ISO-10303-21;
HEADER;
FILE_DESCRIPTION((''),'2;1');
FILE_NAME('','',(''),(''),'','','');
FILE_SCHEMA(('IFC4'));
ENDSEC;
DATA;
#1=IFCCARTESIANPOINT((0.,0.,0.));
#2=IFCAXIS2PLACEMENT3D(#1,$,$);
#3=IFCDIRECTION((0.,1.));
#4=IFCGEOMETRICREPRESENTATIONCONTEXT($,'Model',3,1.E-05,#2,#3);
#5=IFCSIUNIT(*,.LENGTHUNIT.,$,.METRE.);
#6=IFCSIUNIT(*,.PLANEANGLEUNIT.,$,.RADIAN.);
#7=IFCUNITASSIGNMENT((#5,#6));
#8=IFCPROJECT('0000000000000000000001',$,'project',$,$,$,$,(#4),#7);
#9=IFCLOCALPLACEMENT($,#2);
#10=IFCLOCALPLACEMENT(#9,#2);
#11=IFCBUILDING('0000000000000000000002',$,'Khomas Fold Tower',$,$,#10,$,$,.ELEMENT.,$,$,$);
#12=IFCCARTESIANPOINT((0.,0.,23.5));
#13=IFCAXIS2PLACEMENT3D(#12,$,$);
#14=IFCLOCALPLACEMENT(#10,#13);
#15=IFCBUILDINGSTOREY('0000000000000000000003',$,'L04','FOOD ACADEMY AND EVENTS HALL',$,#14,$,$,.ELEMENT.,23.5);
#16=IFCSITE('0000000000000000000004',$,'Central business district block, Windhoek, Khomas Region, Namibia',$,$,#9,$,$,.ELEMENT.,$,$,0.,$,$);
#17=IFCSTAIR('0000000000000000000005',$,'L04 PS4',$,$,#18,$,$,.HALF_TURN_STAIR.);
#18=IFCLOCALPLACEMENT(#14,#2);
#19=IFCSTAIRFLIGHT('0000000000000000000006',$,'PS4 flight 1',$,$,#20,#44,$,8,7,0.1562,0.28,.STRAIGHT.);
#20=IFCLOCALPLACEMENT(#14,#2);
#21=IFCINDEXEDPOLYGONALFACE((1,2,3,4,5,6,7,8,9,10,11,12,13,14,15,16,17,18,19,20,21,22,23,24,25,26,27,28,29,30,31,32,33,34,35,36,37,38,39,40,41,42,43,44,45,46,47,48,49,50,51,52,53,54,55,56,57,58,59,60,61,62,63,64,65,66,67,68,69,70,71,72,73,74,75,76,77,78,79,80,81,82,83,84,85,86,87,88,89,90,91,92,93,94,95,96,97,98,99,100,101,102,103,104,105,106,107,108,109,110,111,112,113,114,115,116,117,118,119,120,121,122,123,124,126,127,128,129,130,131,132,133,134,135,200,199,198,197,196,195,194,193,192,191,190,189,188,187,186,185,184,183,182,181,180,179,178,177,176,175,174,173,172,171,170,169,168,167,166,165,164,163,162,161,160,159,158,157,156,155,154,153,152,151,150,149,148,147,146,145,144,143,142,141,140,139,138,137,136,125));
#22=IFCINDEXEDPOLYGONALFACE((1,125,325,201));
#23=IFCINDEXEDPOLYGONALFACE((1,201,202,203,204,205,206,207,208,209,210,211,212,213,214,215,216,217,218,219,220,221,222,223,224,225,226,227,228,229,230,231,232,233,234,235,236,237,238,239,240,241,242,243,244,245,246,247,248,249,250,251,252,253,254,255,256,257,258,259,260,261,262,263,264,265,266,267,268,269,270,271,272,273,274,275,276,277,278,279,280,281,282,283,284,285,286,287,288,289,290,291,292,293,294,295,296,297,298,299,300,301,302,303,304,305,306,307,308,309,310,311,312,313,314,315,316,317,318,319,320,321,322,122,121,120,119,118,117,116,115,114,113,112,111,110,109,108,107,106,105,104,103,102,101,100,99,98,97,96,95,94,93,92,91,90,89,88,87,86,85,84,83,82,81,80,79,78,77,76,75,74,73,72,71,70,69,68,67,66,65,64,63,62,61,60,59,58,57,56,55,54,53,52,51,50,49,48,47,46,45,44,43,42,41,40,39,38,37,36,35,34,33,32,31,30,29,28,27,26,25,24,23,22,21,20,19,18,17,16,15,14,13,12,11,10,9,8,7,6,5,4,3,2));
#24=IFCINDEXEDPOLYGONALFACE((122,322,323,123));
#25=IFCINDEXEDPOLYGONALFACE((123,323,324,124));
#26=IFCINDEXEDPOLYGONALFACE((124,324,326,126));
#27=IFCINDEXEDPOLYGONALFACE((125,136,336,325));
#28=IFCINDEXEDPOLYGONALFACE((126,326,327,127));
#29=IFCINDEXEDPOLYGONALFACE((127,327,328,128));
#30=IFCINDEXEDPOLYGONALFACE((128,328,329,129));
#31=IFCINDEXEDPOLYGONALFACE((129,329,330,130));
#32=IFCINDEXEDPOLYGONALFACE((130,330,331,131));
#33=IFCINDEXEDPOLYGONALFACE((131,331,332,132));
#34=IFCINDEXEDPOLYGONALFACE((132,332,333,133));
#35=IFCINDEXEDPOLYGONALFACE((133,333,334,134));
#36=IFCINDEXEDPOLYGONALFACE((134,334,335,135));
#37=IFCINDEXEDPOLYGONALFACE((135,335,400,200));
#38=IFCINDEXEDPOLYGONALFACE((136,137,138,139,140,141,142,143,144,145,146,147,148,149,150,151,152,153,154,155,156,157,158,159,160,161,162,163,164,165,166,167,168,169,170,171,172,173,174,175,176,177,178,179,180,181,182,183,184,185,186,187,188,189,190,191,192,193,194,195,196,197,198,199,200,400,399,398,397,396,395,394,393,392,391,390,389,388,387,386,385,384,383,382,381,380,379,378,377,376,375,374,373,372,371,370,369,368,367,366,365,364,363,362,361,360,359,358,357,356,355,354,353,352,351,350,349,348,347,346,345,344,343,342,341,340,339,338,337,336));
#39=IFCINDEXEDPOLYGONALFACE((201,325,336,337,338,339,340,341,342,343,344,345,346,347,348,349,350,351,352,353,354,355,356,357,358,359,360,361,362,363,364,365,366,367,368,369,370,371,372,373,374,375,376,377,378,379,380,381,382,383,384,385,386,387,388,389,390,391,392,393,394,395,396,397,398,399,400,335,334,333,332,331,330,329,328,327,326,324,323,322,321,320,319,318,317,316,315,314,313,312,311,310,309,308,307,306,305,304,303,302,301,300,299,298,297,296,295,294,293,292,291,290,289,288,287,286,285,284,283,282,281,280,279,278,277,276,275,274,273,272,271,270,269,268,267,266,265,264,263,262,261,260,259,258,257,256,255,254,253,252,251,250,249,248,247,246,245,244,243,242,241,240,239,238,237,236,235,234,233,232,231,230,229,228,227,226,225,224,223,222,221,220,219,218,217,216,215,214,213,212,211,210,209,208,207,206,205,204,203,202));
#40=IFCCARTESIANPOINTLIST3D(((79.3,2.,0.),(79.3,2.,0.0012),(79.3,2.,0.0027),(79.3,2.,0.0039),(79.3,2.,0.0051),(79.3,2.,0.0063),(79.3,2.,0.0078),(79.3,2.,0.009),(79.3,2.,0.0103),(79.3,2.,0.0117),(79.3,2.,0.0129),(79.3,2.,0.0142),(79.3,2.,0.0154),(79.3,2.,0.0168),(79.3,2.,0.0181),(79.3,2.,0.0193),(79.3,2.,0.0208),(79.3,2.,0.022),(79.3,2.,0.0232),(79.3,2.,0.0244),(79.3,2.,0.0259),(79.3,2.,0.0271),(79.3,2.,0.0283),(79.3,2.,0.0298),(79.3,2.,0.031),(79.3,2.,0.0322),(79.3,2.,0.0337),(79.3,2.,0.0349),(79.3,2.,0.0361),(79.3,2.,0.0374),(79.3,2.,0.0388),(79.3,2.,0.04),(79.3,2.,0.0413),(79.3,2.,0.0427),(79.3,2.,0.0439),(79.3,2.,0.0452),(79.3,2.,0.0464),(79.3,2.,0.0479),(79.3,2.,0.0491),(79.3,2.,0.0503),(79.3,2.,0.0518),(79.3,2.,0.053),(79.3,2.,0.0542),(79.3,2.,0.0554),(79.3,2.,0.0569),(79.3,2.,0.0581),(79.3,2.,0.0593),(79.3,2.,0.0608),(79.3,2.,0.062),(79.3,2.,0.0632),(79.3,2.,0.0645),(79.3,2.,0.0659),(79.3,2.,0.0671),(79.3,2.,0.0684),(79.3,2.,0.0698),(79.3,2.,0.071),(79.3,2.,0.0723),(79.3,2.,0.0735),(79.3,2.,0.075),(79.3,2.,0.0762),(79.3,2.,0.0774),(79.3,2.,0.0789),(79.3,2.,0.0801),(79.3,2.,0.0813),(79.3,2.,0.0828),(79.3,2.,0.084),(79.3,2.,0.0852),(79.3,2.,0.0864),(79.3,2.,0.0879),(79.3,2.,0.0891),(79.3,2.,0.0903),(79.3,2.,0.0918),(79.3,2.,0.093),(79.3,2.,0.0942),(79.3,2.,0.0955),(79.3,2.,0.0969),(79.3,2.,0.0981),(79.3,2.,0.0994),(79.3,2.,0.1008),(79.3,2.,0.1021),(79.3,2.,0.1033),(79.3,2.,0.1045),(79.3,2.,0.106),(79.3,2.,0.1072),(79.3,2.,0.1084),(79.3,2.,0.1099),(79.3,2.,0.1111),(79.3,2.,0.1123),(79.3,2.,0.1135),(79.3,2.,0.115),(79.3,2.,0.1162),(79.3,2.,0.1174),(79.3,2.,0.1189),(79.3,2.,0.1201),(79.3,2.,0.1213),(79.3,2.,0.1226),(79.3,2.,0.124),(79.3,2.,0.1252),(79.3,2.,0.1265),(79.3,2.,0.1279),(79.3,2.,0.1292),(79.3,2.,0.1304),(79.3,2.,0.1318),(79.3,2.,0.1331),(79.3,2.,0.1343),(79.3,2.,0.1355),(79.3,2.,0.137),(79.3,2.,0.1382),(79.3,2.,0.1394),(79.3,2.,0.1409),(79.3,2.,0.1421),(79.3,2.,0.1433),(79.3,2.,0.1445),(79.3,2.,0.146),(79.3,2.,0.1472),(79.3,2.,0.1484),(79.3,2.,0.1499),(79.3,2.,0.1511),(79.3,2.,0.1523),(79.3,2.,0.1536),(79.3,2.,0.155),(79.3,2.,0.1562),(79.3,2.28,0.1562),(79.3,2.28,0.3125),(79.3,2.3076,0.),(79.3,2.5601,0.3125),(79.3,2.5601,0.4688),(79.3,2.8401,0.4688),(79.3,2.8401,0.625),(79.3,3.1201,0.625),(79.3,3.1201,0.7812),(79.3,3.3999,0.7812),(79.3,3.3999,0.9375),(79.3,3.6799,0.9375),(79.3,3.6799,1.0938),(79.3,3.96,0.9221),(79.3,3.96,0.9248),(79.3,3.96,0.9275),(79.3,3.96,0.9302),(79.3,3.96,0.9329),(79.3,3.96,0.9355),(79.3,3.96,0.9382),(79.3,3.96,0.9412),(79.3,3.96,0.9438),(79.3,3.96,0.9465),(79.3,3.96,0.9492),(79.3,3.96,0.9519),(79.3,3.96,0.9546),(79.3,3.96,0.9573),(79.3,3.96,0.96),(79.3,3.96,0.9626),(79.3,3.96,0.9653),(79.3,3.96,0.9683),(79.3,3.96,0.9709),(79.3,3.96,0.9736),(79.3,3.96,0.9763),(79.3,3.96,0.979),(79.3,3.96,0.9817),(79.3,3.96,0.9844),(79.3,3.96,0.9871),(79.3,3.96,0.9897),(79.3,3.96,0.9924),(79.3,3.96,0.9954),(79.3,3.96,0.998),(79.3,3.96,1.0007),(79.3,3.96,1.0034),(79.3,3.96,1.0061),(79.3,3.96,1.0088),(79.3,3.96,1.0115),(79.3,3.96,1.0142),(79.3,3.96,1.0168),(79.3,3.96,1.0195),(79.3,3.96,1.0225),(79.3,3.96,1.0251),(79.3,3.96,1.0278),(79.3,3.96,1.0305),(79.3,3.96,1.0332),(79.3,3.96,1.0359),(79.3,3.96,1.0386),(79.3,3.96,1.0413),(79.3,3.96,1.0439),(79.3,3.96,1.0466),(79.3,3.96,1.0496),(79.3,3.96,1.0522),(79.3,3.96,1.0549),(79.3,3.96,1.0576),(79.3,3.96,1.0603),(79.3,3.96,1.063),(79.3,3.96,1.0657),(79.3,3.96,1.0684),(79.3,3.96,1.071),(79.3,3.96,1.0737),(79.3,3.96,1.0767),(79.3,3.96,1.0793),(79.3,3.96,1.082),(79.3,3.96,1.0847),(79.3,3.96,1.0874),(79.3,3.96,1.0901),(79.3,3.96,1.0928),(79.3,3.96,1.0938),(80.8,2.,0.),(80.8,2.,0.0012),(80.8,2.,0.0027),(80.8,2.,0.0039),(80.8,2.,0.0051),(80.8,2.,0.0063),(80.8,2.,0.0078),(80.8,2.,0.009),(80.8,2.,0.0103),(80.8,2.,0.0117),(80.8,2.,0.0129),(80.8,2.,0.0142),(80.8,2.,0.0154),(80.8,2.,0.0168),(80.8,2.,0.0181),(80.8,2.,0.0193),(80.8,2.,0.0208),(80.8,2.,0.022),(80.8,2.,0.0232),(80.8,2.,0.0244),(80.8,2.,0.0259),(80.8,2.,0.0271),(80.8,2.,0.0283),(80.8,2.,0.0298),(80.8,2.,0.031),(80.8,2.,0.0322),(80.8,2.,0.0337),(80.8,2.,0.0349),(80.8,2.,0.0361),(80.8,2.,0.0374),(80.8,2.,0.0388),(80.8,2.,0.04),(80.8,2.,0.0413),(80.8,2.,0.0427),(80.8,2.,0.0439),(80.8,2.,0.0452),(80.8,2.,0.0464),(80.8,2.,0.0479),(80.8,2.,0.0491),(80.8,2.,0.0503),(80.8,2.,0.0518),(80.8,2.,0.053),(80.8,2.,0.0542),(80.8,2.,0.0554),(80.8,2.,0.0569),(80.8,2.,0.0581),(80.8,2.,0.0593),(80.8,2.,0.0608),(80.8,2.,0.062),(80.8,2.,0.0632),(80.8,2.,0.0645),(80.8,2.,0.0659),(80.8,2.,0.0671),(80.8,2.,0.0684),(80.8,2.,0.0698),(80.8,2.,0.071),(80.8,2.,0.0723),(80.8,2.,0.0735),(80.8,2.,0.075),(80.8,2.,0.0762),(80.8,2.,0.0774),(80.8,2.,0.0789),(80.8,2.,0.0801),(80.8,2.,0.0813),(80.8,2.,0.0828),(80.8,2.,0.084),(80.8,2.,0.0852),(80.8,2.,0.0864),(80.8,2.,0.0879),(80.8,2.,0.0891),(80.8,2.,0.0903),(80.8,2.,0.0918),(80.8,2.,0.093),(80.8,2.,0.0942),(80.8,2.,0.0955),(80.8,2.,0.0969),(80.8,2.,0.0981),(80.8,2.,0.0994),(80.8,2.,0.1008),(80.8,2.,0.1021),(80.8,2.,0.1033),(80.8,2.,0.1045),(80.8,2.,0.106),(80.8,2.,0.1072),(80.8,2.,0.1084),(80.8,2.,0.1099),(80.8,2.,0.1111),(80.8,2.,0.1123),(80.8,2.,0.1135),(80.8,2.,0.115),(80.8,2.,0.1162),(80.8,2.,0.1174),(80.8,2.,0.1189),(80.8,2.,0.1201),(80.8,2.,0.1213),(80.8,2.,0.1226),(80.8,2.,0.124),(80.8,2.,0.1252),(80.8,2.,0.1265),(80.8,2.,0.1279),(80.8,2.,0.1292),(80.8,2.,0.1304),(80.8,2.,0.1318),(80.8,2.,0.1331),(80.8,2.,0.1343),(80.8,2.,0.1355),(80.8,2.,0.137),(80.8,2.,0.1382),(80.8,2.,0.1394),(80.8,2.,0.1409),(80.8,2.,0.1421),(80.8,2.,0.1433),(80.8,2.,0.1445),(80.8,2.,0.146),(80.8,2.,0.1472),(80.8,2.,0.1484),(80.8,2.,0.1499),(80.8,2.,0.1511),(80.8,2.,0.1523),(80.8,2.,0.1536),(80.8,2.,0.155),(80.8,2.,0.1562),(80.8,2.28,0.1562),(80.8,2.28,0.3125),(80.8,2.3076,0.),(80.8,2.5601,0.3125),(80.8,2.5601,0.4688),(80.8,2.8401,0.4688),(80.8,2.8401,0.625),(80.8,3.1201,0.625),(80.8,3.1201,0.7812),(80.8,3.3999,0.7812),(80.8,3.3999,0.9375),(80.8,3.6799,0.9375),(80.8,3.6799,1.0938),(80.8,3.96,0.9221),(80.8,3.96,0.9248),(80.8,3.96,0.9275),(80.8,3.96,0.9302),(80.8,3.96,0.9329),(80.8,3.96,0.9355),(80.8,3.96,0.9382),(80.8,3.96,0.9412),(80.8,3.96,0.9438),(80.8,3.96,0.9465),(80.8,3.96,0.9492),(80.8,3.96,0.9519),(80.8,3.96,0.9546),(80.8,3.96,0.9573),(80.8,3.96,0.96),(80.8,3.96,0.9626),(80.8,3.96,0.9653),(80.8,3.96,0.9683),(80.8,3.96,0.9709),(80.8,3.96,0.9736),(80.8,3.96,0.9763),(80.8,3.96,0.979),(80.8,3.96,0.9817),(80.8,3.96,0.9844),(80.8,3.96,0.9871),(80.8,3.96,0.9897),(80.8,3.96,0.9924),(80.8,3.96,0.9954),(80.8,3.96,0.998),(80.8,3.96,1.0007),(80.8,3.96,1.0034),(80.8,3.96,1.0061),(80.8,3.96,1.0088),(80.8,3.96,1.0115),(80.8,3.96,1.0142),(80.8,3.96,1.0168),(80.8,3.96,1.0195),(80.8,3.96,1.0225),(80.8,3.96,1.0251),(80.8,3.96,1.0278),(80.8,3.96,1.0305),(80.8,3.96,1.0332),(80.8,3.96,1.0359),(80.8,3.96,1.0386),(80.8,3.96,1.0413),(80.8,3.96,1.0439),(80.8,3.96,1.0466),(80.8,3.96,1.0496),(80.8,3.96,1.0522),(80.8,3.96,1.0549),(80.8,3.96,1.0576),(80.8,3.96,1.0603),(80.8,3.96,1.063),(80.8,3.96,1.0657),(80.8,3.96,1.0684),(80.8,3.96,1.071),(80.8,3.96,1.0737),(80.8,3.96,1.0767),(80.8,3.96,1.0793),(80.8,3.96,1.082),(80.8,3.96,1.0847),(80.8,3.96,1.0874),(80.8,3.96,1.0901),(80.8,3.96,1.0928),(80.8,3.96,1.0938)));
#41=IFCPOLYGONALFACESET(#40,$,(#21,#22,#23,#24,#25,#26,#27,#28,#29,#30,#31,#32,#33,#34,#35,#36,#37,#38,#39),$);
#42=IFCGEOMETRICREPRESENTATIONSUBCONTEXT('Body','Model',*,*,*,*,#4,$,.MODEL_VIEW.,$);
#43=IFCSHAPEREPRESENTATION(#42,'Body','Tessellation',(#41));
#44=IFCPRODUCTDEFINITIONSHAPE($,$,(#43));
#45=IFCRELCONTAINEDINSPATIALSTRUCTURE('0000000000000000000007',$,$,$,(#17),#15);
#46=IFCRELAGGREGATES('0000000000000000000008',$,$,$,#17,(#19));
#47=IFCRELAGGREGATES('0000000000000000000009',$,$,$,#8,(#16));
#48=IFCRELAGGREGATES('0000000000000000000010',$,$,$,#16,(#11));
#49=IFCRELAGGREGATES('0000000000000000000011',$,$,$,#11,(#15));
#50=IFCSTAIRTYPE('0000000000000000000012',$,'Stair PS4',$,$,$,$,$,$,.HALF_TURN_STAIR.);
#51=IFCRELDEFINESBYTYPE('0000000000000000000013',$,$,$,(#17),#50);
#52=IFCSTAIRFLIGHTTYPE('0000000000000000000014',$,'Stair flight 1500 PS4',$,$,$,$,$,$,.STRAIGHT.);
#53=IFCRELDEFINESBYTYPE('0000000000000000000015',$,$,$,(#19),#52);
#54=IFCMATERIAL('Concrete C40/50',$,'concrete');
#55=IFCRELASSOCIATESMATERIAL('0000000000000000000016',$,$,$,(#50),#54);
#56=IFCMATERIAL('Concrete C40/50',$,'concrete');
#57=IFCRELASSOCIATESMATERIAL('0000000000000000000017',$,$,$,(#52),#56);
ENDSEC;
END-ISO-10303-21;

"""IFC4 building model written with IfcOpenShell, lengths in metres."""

from ifc_helpers import new_model, si_unit, direction, frame, origin, place, context, subcontext, project, spatial, polyline, outline, extrude, source, transform, mapped, material, type_object, element, aggregate, save


model = new_model("IFC4")

# Units and contexts
model_context = context("Model", 3, precision=1e-05, world=origin(), true_north=direction((0.0, 1.0)))
body_context = subcontext(model_context, "Body", "Model", "MODEL_VIEW")
ifc_project = project(units=[si_unit("LENGTHUNIT", "METRE"), si_unit("PLANEANGLEUNIT", "RADIAN")], contexts=[model_context])

# Site, building, storey
site_placement = place(None, origin())
site = spatial("IfcSite", under=ifc_project, at=site_placement, Name="Central business district block, Windhoek, Khomas Region, Namibia", CompositionType="ELEMENT", RefElevation=0.0)
building_placement = place(site_placement, origin())
building = spatial("IfcBuilding", under=site, at=building_placement, Name="Khomas Fold Tower", CompositionType="ELEMENT")
storey_placement = place(building_placement, frame((0.0, 0.0, 23.5)))
storey = spatial("IfcBuildingStorey", under=building, at=storey_placement, Name="L04", Description="FOOD ACADEMY AND EVENTS HALL", CompositionType="ELEMENT", Elevation=23.5)

# Stair, stair flight
shared_shape_1 = source(origin(), body_context, "Body", "SweptSolid", [
    extrude(outline(polyline([(0.0, 0.0), (0.0, 0.0012), (0.0, 0.0027), (0.0, 0.0039), (0.0, 0.0051), (0.0, 0.0063), (0.0, 0.0078), (0.0, 0.009), (0.0, 0.0103), (0.0, 0.0117), (0.0, 0.0129), (0.0, 0.0142), (0.0, 0.0154), (0.0, 0.0168), (0.0, 0.0181), (0.0, 0.0193), (0.0, 0.0208), (0.0, 0.022), (0.0, 0.0232), (0.0, 0.0244), (0.0, 0.0259), (0.0, 0.0271), (0.0, 0.0283), (0.0, 0.0298), (0.0, 0.031), (0.0, 0.0322), (0.0, 0.0337), (0.0, 0.0349), (0.0, 0.0361), (0.0, 0.0374), (0.0, 0.0388), (0.0, 0.04), (0.0, 0.0413), (0.0, 0.0427), (0.0, 0.0439), (0.0, 0.0452), (0.0, 0.0464), (0.0, 0.0479), (0.0, 0.0491), (0.0, 0.0503), (0.0, 0.0518), (0.0, 0.053), (0.0, 0.0542), (0.0, 0.0554), (0.0, 0.0569), (0.0, 0.0581), (0.0, 0.0593), (0.0, 0.0608), (0.0, 0.062), (0.0, 0.0632), (0.0, 0.0645), (0.0, 0.0659), (0.0, 0.0671), (0.0, 0.0684), (0.0, 0.0698), (0.0, 0.071), (0.0, 0.0723), (0.0, 0.0735), (0.0, 0.075), (0.0, 0.0762), (0.0, 0.0774), (0.0, 0.0789), (0.0, 0.0801), (0.0, 0.0813), (0.0, 0.0828), (0.0, 0.084), (0.0, 0.0852), (0.0, 0.0864), (0.0, 0.0879), (0.0, 0.0891), (0.0, 0.0903), (0.0, 0.0918), (0.0, 0.093), (0.0, 0.0942), (0.0, 0.0955), (0.0, 0.0969), (0.0, 0.0981), (0.0, 0.0994), (0.0, 0.1008), (0.0, 0.1021), (0.0, 0.1033), (0.0, 0.1045), (0.0, 0.106), (0.0, 0.1072), (0.0, 0.1084), (0.0, 0.1099), (0.0, 0.1111), (0.0, 0.1123), (0.0, 0.1135), (0.0, 0.115), (0.0, 0.1162), (0.0, 0.1174), (0.0, 0.1189), (0.0, 0.1201), (0.0, 0.1213), (0.0, 0.1226), (0.0, 0.124), (0.0, 0.1252), (0.0, 0.1265), (0.0, 0.1279), (0.0, 0.1292), (0.0, 0.1304), (0.0, 0.1318), (0.0, 0.1331), (0.0, 0.1343), (0.0, 0.1355), (0.0, 0.137), (0.0, 0.1382), (0.0, 0.1394), (0.0, 0.1409), (0.0, 0.1421), (0.0, 0.1433), (0.0, 0.1445), (0.0, 0.146), (0.0, 0.1472), (0.0, 0.1484), (0.0, 0.1499), (0.0, 0.1511), (0.0, 0.1523), (0.0, 0.1536), (0.0, 0.155), (0.0, 0.1562), (0.28, 0.1562), (0.28, 0.3125), (0.5601, 0.3125), (0.5601, 0.4688), (0.8401, 0.4688), (0.8401, 0.625), (1.1201, 0.625), (1.1201, 0.7812), (1.3999, 0.7812), (1.3999, 0.9375), (1.6799, 0.9375), (1.6799, 1.0938), (1.96, 1.0938), (1.96, 1.25), (1.96, 1.2473), (1.96, 1.2446), (1.96, 1.2419), (1.96, 1.2393), (1.96, 1.2363), (1.96, 1.2336), (1.96, 1.231), (1.96, 1.2283), (1.96, 1.2256), (1.96, 1.2229), (1.96, 1.2202), (1.96, 1.2175), (1.96, 1.2148), (1.96, 1.2122), (1.96, 1.2092), (1.96, 1.2065), (1.96, 1.2039), (1.96, 1.2012), (1.96, 1.1985), (1.96, 1.1958), (1.96, 1.1931), (1.96, 1.1904), (1.96, 1.1877), (1.96, 1.1851), (1.96, 1.1821), (1.96, 1.1794), (1.96, 1.1768), (1.96, 1.1741), (1.96, 1.1714), (1.96, 1.1687), (1.96, 1.166), (1.96, 1.1633), (1.96, 1.1606), (1.96, 1.158), (1.96, 1.155), (1.96, 1.1523), (1.96, 1.1497), (1.96, 1.147), (1.96, 1.1443), (1.96, 1.1416), (1.96, 1.1389), (1.96, 1.1362), (1.96, 1.1335), (1.96, 1.1309), (1.96, 1.1279), (1.96, 1.1252), (1.96, 1.1226), (1.96, 1.1199), (1.96, 1.1172), (1.96, 1.1145), (1.96, 1.1118), (1.96, 1.1091), (1.96, 1.1064), (1.96, 1.1038), (1.96, 1.1008), (1.96, 1.0981), (1.96, 1.0955), (1.96, 1.0928), (1.96, 1.0901), (1.96, 1.0874), (1.96, 1.0847), (1.96, 1.082), (1.96, 1.0793), (1.96, 1.0767), (1.96, 1.0737), (1.96, 1.071), (1.96, 1.0684), (1.96, 1.0657), (1.96, 1.063), (1.96, 1.0603), (1.96, 1.0576), (1.96, 1.0549), (1.96, 1.0522), (1.96, 1.0496), (1.96, 1.0466), (1.96, 1.0439), (1.96, 1.0413), (1.96, 1.0386), (1.96, 1.0359), (1.96, 1.0332), (1.96, 1.0305), (1.96, 1.0278), (1.96, 1.0251), (1.96, 1.0225), (1.96, 1.0195), (1.96, 1.0168), (1.96, 1.0142), (1.96, 1.0115), (1.96, 1.0088), (1.96, 1.0061), (1.96, 1.0034), (1.96, 1.0007), (1.96, 0.998), (1.96, 0.9954), (1.96, 0.9924), (1.96, 0.9897), (1.96, 0.9871), (1.96, 0.9844), (1.96, 0.9817), (1.96, 0.979), (1.96, 0.9763), (1.96, 0.9736), (1.96, 0.9709), (1.96, 0.9683), (1.96, 0.9653), (1.96, 0.9626), (1.96, 0.96), (1.96, 0.9573), (1.96, 0.9546), (1.96, 0.9519), (1.96, 0.9492), (1.96, 0.9465), (1.96, 0.9438), (1.96, 0.9412), (1.96, 0.9382), (1.96, 0.9355), (1.96, 0.9329), (1.96, 0.9302), (1.96, 0.9275), (1.96, 0.9248), (1.96, 0.9221), (0.3076, 0.0), (0.0, 0.0)])), frame((0.0, 0.75, 0.0), z_axis=(0.0, -1.0, 0.0), x_axis=(1.0, 0.0, 0.0)), (0.0, 0.0, 1.0), 1.5),
])
ifc_material_1 = material(Name="Concrete C40/50", Category="concrete")
stair_type_1 = type_object("IfcStairType", Name="Stair PS4", PredefinedType="HALF_TURN_STAIR", material=ifc_material_1)
stair_1_placement = place(storey_placement, origin())
stair_1 = element("IfcStair", 1, at=stair_1_placement, inside=storey, type_object=stair_type_1, Name="L04 PS4", PredefinedType="HALF_TURN_STAIR")
ifc_material_2 = material(Name="Concrete C40/50", Category="concrete")
stair_flight_type_1 = type_object("IfcStairFlightType", Name="Stair flight 1500 PS4", PredefinedType="STRAIGHT", material=ifc_material_2)
stair_flight_1_placement = place(storey_placement, frame((80.05, 2.0, 0.0), z_axis=(0.0, 0.0, 1.0), x_axis=(0.0, 1.0, 0.0)))
stair_flight_1 = element("IfcStairFlight", 2, at=stair_flight_1_placement, type_object=stair_flight_type_1, Name="PS4 flight 1", NumberOfRisers=8, NumberOfTreads=7, PredefinedType="STRAIGHT", RiserHeight=0.1562, TreadLength=0.28, context=body_context, shape_type="MappedRepresentation", body=[
    mapped(shared_shape_1, transform((0.0, 0.0, 0.0))),
])
aggregate(stair_1, [stair_flight_1])

save(model, "model.ifc")
